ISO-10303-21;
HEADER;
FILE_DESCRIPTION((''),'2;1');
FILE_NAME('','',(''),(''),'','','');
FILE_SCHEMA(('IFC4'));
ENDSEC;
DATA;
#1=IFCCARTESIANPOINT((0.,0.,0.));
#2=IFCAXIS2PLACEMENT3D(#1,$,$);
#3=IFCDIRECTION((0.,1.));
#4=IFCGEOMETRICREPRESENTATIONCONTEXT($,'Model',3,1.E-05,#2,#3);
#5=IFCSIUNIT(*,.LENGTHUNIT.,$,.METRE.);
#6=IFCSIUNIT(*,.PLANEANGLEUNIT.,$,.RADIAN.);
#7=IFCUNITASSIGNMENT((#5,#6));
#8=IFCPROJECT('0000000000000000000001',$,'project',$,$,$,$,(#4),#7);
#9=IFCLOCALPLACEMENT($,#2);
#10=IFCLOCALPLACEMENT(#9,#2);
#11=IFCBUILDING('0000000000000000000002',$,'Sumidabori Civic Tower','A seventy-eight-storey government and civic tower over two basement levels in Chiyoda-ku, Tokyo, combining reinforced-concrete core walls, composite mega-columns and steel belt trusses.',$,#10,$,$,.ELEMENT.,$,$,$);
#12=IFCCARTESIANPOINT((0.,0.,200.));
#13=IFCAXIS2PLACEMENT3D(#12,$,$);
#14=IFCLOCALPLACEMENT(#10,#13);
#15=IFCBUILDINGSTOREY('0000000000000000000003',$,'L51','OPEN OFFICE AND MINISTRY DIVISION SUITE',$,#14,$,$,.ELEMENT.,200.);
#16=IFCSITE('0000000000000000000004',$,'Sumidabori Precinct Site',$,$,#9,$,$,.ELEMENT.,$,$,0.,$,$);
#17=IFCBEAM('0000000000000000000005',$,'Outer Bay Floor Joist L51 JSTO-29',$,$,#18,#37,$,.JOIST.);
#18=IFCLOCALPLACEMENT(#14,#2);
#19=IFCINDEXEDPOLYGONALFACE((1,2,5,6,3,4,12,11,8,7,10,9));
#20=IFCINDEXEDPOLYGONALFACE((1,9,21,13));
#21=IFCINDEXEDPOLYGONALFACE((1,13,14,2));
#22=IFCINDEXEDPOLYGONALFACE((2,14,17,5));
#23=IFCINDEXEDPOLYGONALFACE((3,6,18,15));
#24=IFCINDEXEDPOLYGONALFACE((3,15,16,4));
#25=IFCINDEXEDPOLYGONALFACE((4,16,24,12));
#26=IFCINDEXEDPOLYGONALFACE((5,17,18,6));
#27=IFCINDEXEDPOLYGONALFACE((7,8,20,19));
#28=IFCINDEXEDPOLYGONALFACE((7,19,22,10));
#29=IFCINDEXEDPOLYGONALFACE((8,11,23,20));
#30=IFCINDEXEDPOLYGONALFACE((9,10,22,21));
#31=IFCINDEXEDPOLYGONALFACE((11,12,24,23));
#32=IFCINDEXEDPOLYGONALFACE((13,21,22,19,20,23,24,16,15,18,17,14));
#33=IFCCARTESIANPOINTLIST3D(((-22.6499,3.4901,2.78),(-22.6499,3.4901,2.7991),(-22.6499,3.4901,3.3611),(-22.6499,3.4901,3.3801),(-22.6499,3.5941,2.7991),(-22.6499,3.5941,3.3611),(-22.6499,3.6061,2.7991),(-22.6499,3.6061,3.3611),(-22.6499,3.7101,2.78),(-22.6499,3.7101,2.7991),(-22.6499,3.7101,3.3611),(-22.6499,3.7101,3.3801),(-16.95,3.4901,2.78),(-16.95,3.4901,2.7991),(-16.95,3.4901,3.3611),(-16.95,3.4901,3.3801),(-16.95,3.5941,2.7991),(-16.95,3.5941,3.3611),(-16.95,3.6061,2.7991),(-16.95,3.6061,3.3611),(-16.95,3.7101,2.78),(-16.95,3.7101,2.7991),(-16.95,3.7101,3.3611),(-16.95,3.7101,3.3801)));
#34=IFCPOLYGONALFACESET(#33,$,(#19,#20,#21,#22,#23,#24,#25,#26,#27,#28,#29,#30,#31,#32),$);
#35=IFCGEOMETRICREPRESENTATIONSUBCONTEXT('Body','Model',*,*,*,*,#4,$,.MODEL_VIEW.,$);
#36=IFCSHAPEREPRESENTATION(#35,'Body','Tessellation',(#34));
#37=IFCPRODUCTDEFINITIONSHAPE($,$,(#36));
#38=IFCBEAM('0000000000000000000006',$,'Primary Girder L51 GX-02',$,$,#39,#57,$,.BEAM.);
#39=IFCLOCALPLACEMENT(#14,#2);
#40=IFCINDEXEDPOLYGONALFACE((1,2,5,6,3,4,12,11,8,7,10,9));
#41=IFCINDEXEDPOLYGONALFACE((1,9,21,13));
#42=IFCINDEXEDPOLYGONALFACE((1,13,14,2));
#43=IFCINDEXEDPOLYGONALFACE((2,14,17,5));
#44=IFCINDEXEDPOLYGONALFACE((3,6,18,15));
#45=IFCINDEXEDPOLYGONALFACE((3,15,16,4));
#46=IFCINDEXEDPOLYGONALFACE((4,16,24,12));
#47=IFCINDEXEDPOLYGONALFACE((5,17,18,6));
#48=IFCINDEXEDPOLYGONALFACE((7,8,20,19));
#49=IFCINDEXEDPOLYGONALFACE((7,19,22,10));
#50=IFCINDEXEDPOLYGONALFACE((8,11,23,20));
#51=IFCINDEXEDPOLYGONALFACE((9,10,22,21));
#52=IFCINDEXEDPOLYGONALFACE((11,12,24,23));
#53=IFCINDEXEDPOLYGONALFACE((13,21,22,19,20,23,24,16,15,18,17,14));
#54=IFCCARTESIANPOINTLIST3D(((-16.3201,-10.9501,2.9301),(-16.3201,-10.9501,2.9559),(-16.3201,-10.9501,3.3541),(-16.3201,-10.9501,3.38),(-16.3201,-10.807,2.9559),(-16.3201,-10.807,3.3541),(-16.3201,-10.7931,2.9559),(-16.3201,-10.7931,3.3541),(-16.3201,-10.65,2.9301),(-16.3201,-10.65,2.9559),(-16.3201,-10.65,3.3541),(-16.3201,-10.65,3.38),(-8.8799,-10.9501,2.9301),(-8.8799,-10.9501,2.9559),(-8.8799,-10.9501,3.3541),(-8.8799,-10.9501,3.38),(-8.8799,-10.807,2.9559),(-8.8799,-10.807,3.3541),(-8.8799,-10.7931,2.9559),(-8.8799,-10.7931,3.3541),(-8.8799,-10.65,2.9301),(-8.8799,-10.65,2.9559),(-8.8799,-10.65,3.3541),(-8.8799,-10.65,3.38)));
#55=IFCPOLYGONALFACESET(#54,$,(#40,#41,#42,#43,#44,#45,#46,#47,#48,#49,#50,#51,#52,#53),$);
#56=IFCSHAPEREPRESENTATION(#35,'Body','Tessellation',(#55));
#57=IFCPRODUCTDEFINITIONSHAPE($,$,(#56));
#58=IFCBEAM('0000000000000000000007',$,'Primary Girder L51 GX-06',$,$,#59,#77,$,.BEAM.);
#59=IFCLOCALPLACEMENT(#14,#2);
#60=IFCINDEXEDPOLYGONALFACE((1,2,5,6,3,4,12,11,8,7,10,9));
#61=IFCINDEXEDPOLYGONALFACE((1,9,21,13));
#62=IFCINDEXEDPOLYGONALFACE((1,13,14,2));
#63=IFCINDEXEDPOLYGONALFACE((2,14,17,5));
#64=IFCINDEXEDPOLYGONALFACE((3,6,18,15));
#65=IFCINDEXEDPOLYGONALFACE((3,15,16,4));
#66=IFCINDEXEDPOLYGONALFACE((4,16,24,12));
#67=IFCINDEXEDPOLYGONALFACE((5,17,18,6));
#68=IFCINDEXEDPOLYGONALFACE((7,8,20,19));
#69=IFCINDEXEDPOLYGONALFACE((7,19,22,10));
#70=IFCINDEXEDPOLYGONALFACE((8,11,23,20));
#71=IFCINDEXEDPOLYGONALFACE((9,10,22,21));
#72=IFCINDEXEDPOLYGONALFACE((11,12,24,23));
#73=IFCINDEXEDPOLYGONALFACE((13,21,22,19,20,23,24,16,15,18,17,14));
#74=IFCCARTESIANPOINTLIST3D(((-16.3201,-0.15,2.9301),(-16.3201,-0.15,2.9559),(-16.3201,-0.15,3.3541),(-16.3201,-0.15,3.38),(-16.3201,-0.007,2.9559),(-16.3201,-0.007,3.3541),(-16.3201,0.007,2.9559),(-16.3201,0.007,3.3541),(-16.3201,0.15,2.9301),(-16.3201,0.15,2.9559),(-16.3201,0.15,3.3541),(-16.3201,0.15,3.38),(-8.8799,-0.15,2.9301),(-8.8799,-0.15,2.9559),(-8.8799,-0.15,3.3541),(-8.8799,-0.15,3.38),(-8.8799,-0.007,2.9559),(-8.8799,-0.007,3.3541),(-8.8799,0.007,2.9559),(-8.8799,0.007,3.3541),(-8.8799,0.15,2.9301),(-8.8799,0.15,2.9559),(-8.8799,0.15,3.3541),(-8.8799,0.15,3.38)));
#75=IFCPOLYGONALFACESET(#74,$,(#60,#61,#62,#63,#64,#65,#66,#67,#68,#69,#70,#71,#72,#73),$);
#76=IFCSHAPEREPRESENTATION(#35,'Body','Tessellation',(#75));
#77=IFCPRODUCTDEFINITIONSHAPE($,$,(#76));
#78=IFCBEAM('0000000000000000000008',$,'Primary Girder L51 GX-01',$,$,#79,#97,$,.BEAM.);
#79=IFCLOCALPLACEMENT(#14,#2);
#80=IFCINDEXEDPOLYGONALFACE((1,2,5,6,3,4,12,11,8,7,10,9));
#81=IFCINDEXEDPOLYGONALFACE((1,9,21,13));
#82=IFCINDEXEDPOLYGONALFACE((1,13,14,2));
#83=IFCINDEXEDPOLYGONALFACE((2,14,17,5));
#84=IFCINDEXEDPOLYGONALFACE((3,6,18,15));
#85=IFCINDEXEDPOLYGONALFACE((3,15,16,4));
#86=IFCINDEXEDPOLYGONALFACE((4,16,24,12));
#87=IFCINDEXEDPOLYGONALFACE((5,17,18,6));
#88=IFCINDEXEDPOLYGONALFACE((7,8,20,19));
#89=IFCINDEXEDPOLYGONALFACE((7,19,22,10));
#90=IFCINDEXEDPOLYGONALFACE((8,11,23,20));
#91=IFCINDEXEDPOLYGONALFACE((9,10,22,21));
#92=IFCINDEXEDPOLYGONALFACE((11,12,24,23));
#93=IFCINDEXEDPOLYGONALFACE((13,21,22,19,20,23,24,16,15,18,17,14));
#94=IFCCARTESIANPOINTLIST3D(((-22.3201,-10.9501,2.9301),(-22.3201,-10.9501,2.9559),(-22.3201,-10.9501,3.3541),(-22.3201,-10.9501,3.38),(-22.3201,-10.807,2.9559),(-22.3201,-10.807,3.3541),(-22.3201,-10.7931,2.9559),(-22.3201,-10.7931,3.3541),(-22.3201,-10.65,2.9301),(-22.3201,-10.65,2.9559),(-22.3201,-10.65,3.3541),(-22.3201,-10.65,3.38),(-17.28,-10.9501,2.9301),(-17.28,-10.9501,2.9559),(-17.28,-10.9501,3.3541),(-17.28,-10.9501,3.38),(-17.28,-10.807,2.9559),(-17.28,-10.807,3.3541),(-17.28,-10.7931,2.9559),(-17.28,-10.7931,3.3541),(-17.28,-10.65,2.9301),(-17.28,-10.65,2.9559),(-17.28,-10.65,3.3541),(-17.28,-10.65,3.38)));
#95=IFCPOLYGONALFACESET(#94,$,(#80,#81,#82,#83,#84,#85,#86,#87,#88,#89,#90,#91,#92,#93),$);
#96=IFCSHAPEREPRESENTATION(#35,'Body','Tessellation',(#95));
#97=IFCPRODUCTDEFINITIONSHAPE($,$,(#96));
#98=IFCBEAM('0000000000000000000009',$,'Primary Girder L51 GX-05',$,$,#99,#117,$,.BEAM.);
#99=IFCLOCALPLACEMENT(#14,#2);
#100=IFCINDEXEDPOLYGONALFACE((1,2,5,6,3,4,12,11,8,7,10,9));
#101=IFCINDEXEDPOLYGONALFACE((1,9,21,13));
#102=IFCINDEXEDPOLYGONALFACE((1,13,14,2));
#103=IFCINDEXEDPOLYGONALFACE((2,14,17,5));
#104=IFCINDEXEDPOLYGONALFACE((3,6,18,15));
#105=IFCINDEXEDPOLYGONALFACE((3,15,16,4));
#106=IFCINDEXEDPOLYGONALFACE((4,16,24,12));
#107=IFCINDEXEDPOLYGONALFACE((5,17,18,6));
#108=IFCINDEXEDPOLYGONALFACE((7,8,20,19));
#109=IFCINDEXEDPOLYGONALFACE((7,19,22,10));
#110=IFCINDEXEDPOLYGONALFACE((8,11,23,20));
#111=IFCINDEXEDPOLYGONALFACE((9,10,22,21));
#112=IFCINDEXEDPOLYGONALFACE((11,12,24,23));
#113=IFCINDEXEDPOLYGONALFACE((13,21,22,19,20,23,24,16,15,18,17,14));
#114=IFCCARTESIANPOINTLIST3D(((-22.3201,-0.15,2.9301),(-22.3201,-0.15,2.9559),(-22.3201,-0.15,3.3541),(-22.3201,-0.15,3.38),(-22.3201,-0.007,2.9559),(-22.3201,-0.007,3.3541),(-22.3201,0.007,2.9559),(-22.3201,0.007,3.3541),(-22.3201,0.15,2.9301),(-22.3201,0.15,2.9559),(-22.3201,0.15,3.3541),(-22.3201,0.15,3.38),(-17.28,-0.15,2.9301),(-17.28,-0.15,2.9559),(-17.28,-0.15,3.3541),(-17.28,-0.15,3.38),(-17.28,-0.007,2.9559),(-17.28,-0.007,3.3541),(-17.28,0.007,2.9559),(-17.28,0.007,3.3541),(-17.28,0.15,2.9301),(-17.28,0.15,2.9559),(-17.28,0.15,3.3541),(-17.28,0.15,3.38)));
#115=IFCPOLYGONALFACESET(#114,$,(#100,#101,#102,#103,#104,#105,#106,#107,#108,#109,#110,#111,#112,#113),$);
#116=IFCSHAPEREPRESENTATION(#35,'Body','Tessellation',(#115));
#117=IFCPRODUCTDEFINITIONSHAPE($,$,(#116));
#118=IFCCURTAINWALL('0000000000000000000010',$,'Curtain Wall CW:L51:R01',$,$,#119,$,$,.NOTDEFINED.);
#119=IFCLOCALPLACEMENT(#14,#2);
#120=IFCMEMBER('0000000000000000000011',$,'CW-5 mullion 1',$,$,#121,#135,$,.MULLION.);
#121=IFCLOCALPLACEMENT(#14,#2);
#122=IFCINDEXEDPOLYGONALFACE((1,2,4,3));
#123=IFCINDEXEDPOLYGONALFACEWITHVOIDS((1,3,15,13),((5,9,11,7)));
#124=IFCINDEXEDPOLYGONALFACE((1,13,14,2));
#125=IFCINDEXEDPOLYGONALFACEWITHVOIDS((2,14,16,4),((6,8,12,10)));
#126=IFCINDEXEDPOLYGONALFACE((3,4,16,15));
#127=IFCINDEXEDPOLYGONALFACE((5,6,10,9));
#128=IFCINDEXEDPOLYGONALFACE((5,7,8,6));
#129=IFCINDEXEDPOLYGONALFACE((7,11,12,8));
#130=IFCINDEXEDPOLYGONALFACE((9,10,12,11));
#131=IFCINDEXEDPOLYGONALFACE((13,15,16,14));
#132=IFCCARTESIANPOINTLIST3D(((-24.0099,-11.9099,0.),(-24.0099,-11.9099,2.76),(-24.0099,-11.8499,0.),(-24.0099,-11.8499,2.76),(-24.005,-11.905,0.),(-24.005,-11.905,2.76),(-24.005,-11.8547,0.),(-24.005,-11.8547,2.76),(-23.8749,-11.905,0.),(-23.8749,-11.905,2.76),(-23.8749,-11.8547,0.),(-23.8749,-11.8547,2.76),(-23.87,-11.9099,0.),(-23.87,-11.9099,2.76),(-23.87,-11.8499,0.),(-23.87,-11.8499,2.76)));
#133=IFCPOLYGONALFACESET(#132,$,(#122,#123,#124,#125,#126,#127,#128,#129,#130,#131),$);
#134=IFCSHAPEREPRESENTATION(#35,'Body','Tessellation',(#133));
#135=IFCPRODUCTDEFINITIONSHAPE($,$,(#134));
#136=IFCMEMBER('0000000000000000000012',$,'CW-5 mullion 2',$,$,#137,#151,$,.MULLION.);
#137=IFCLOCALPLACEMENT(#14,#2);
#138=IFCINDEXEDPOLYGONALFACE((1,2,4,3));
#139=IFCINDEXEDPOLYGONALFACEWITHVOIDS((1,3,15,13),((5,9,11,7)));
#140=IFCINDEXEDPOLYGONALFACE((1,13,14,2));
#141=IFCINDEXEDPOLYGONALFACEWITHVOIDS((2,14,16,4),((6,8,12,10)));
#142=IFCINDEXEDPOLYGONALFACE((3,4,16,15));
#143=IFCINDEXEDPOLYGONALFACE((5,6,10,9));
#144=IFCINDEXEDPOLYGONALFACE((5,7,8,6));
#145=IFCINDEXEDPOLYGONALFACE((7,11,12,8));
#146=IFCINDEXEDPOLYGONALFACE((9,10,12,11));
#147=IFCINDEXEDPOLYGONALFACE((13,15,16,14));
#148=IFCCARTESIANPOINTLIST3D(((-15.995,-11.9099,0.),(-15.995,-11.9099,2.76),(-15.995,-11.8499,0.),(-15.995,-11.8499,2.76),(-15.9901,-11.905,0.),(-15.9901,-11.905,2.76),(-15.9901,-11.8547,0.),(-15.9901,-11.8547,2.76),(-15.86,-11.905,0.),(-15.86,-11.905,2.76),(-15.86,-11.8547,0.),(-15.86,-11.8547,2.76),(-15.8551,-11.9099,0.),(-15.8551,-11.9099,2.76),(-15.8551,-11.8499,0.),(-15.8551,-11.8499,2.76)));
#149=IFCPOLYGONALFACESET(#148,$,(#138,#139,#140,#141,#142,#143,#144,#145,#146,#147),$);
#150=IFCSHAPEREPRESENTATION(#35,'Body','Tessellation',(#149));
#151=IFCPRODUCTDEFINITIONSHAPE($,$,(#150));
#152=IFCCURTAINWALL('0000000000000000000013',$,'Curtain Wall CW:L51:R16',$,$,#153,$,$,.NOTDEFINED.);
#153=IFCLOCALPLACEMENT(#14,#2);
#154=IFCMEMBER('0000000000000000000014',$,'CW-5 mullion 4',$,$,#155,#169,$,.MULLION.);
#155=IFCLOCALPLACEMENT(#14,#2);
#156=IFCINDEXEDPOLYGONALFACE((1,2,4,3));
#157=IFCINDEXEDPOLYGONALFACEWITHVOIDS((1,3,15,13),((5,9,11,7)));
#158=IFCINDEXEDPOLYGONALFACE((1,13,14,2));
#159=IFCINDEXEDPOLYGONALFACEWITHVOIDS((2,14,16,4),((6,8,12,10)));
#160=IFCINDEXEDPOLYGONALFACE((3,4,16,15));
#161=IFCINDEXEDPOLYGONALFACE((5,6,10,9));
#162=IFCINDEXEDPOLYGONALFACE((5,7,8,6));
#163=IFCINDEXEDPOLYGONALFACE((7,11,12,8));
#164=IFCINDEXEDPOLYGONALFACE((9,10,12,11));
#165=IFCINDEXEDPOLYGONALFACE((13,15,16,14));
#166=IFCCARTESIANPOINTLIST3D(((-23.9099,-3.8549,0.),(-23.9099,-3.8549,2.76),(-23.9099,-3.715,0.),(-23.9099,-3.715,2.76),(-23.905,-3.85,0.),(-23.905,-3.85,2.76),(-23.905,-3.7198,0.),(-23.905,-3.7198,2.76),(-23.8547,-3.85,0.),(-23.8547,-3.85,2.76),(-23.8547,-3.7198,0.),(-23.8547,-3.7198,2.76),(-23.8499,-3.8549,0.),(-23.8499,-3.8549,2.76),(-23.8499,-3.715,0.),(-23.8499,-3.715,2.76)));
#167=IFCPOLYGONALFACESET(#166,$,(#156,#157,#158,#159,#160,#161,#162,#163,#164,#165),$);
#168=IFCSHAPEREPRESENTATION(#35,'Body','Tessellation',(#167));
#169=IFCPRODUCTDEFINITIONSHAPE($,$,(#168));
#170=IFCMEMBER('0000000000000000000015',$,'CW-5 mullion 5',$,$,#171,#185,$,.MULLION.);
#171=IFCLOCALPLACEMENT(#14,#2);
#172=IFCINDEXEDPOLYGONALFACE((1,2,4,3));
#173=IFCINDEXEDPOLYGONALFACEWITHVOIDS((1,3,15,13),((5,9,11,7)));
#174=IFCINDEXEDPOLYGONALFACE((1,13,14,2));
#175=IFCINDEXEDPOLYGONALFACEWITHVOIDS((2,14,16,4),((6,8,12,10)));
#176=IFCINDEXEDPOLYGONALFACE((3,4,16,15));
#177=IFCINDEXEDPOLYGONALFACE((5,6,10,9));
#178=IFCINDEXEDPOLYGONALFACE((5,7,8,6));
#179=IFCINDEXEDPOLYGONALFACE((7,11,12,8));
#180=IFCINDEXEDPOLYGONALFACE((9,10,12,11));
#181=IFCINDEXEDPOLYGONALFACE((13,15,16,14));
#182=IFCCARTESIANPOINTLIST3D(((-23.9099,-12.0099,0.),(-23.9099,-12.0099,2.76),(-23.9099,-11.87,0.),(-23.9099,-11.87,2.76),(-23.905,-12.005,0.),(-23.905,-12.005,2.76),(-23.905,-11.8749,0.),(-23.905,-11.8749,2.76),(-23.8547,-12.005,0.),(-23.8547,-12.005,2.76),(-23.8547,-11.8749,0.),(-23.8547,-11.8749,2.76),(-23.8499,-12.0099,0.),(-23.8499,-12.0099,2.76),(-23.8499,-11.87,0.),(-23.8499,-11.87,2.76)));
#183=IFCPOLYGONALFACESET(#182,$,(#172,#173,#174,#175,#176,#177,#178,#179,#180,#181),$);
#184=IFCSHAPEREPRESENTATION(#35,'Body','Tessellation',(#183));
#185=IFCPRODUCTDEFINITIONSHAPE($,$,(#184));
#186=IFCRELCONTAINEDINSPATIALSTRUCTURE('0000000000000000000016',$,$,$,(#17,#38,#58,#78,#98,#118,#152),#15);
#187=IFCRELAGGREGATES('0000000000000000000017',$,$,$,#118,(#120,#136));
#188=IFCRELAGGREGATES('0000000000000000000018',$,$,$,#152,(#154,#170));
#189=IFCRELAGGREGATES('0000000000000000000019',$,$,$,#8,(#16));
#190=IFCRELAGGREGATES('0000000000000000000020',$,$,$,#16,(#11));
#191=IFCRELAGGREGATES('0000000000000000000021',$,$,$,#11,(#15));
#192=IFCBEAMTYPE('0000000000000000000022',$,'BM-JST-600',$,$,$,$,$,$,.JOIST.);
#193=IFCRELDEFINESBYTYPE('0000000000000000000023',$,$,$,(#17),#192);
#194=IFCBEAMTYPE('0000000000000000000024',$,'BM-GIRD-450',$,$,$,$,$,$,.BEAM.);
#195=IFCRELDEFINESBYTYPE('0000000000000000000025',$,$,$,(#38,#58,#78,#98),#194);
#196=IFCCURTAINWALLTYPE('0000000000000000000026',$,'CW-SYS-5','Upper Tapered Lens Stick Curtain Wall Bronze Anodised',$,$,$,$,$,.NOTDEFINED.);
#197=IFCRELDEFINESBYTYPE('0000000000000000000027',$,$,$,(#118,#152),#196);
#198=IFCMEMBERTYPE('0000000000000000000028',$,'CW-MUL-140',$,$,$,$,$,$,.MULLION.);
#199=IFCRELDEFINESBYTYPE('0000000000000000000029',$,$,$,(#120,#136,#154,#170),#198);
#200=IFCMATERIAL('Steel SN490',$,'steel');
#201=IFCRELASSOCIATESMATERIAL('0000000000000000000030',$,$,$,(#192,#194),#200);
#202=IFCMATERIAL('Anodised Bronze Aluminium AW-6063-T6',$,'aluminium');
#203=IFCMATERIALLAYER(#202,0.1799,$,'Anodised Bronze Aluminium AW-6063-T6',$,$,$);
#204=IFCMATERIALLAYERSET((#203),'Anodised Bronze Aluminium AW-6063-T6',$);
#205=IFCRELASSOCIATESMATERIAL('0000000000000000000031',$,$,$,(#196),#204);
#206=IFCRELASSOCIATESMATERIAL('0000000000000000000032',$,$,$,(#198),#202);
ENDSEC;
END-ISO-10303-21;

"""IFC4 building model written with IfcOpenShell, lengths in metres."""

from ifc_helpers import new_model, si_unit, direction, frame, origin, origin_2d, place, context, subcontext, project, spatial, hollow_rectangle, i_section, extrude, source, transform, mapped, material, layer, layer_set, material_profile, profile_set, type_object, element, aggregate, save


model = new_model("IFC4")

# Units and contexts
model_context = context("Model", 3, precision=1e-05, world=origin(), true_north=direction((0.0, 1.0)))
body_context = subcontext(model_context, "Body", "Model", "MODEL_VIEW")
ifc_project = project(units=[si_unit("LENGTHUNIT", "METRE"), si_unit("PLANEANGLEUNIT", "RADIAN")], contexts=[model_context])

# Site, building, storey
site_placement = place(None, origin())
site = spatial("IfcSite", under=ifc_project, at=site_placement, Name="Sumidabori Precinct Site", CompositionType="ELEMENT", RefElevation=0.0)
building_placement = place(site_placement, origin())
building = spatial("IfcBuilding", under=site, at=building_placement, Name="Sumidabori Civic Tower", Description="A seventy-eight-storey government and civic tower over two basement levels in Chiyoda-ku, Tokyo, combining reinforced-concrete core walls, composite mega-columns and steel belt trusses.", CompositionType="ELEMENT")
storey_placement = place(building_placement, frame((0.0, 0.0, 200.0)))
storey = spatial("IfcBuildingStorey", under=building, at=storey_placement, Name="L51", Description="OPEN OFFICE AND MINISTRY DIVISION SUITE", CompositionType="ELEMENT", Elevation=200.0)

# Beams
ifc_material_1 = material(Name="Steel SN490", Category="steel")
ifc_material_profile_1 = material_profile(ifc_material_1, i_section(OverallWidth=0.22, OverallDepth=0.6001, WebThickness=0.012, FlangeThickness=0.019, at=origin_2d()), Name="IPE 600")
ifc_profile_set_1 = profile_set([ifc_material_profile_1], Name="Steel SN490")
beam_type_1 = type_object("IfcBeamType", Name="BM-JST-600", PredefinedType="JOIST", material=ifc_profile_set_1)
shared_shape_1 = source(origin(), body_context, "Body", "SweptSolid", [
    extrude(i_section(OverallWidth=0.22, OverallDepth=0.6001, WebThickness=0.012, FlangeThickness=0.019, at=origin_2d()), origin(), (0.0, 0.0, 1.0), 5.7),
])
for number, where, z_axis, x_axis, name in (
    (1, (-22.6499, 3.6001, 3.0801), (1.0, 0.0, 0.0), (0.0, 1.0, 0.0), "Outer Bay Floor Joist L51 JSTO-29"),
):
    element("IfcBeam", number, at=place(storey_placement, frame(where, z_axis=z_axis, x_axis=x_axis)), inside=storey, type_object=beam_type_1, Name=name, PredefinedType="JOIST", context=body_context, shape_type="MappedRepresentation", body=[
        mapped(shared_shape_1, transform((0.0, 0.0, 0.0), x_axis=(1.0, 0.0, 0.0), y_axis=(0.0, 1.0, 0.0), z_axis=(0.0, 0.0, 1.0), scale=1.0)),
    ])
ifc_material_profile_2 = material_profile(ifc_material_1, i_section(OverallWidth=0.3, OverallDepth=0.45, WebThickness=0.0139, FlangeThickness=0.0259, at=origin_2d()), Name="HE 450 B")
ifc_profile_set_2 = profile_set([ifc_material_profile_2], Name="Steel SN490")
beam_type_2 = type_object("IfcBeamType", Name="BM-GIRD-450", PredefinedType="BEAM", material=ifc_profile_set_2)
shared_shape_2 = source(origin(), body_context, "Body", "SweptSolid", [
    extrude(i_section(OverallWidth=0.3, OverallDepth=0.45, WebThickness=0.0139, FlangeThickness=0.0259, at=origin_2d()), origin(), (0.0, 0.0, 1.0), 7.4402),
])
for number, where, z_axis, x_axis, name in (
    (2, (-16.3201, -10.8, 3.155), (1.0, 0.0, 0.0), (0.0, 1.0, 0.0), "Primary Girder L51 GX-02"),
    (3, (-16.3201, 0.0, 3.155), (1.0, 0.0, 0.0), (0.0, 1.0, 0.0), "Primary Girder L51 GX-06"),
):
    element("IfcBeam", number, at=place(storey_placement, frame(where, z_axis=z_axis, x_axis=x_axis)), inside=storey, type_object=beam_type_2, Name=name, PredefinedType="BEAM", context=body_context, shape_type="MappedRepresentation", body=[
        mapped(shared_shape_2, transform((0.0, 0.0, 0.0), x_axis=(1.0, 0.0, 0.0), y_axis=(0.0, 1.0, 0.0), z_axis=(0.0, 0.0, 1.0), scale=1.0)),
    ])
shared_shape_3 = source(origin(), body_context, "Body", "SweptSolid", [
    extrude(i_section(OverallWidth=0.3, OverallDepth=0.45, WebThickness=0.0139, FlangeThickness=0.0259, at=origin_2d()), origin(), (0.0, 0.0, 1.0), 5.04),
])
for number, where, z_axis, x_axis, name in (
    (4, (-22.3201, -10.8, 3.155), (1.0, 0.0, 0.0), (0.0, 1.0, 0.0), "Primary Girder L51 GX-01"),
    (5, (-22.3201, 0.0, 3.155), (1.0, 0.0, 0.0), (0.0, 1.0, 0.0), "Primary Girder L51 GX-05"),
):
    element("IfcBeam", number, at=place(storey_placement, frame(where, z_axis=z_axis, x_axis=x_axis)), inside=storey, type_object=beam_type_2, Name=name, PredefinedType="BEAM", context=body_context, shape_type="MappedRepresentation", body=[
        mapped(shared_shape_3, transform((0.0, 0.0, 0.0), x_axis=(1.0, 0.0, 0.0), y_axis=(0.0, 1.0, 0.0), z_axis=(0.0, 0.0, 1.0), scale=1.0)),
    ])

# Curtain walls, members
ifc_material_2 = material(Name="Anodised Bronze Aluminium AW-6063-T6", Category="aluminium")
ifc_layer_1 = layer(ifc_material_2, 0.1799, Name="Anodised Bronze Aluminium AW-6063-T6")
ifc_layer_set_1 = layer_set([ifc_layer_1], Name="Anodised Bronze Aluminium AW-6063-T6")
curtain_wall_type = type_object("IfcCurtainWallType", Name="CW-SYS-5", Description="Upper Tapered Lens Stick Curtain Wall Bronze Anodised", PredefinedType="NOTDEFINED", material=ifc_layer_set_1)
curtain_wall_1_placement = place(storey_placement, origin())
curtain_wall_1 = element("IfcCurtainWall", 6, at=curtain_wall_1_placement, inside=storey, type_object=curtain_wall_type, Name="Curtain Wall CW:L51:R01", PredefinedType="NOTDEFINED")
ifc_material_profile_3 = material_profile(ifc_material_2, hollow_rectangle(XDim=0.0601, YDim=0.1399, WallThickness=0.0049, at=origin_2d()), Name="ALU MULLION 140x60")
ifc_profile_set_3 = profile_set([ifc_material_profile_3], Name="Anodised Bronze Aluminium AW-6063-T6")
member_type_1 = type_object("IfcMemberType", Name="CW-MUL-140", PredefinedType="MULLION", material=ifc_profile_set_3)
shared_shape_4 = source(origin(), body_context, "Body", "SweptSolid", [
    extrude(hollow_rectangle(XDim=0.0601, YDim=0.1399, WallThickness=0.0049, at=origin_2d()), origin(), (0.0, 0.0, 1.0), 2.76),
])
member_1_placement = place(storey_placement, frame((-23.9399, -11.8799, 0.0), z_axis=(0.0, 0.0, 1.0), x_axis=(0.0, 1.0, 0.0)))
member_1 = element("IfcMember", 7, at=member_1_placement, type_object=member_type_1, Name="CW-5 mullion 1", PredefinedType="MULLION", context=body_context, shape_type="MappedRepresentation", body=[
    mapped(shared_shape_4, transform((0.0, 0.0, 0.0), x_axis=(1.0, 0.0, 0.0), y_axis=(0.0, 1.0, 0.0), z_axis=(0.0, 0.0, 1.0), scale=1.0)),
])
member_2_placement = place(storey_placement, frame((-15.925, -11.8799, 0.0), z_axis=(0.0, 0.0, 1.0), x_axis=(0.0, 1.0, 0.0)))
member_2 = element("IfcMember", 8, at=member_2_placement, type_object=member_type_1, Name="CW-5 mullion 2", PredefinedType="MULLION", context=body_context, shape_type="MappedRepresentation", body=[
    mapped(shared_shape_4, transform((0.0, 0.0, 0.0), x_axis=(1.0, 0.0, 0.0), y_axis=(0.0, 1.0, 0.0), z_axis=(0.0, 0.0, 1.0), scale=1.0)),
])
curtain_wall_2_placement = place(storey_placement, origin())
curtain_wall_2 = element("IfcCurtainWall", 9, at=curtain_wall_2_placement, inside=storey, type_object=curtain_wall_type, Name="Curtain Wall CW:L51:R16", PredefinedType="NOTDEFINED")
member_3_placement = place(storey_placement, frame((-23.8799, -3.7849, 0.0), z_axis=(0.0, 0.0, 1.0), x_axis=(1.0, 0.0, 0.0)))
member_3 = element("IfcMember", 10, at=member_3_placement, type_object=member_type_1, Name="CW-5 mullion 4", PredefinedType="MULLION", context=body_context, shape_type="MappedRepresentation", body=[
    mapped(shared_shape_4, transform((0.0, 0.0, 0.0), x_axis=(1.0, 0.0, 0.0), y_axis=(0.0, 1.0, 0.0), z_axis=(0.0, 0.0, 1.0), scale=1.0)),
])
member_4_placement = place(storey_placement, frame((-23.8799, -11.9399, 0.0), z_axis=(0.0, 0.0, 1.0), x_axis=(1.0, 0.0, 0.0)))
member_4 = element("IfcMember", 11, at=member_4_placement, type_object=member_type_1, Name="CW-5 mullion 5", PredefinedType="MULLION", context=body_context, shape_type="MappedRepresentation", body=[
    mapped(shared_shape_4, transform((0.0, 0.0, 0.0), x_axis=(1.0, 0.0, 0.0), y_axis=(0.0, 1.0, 0.0), z_axis=(0.0, 0.0, 1.0), scale=1.0)),
])

aggregate(curtain_wall_1, [member_1, member_2])
aggregate(curtain_wall_2, [member_3, member_4])

save(model, "model.ifc")
